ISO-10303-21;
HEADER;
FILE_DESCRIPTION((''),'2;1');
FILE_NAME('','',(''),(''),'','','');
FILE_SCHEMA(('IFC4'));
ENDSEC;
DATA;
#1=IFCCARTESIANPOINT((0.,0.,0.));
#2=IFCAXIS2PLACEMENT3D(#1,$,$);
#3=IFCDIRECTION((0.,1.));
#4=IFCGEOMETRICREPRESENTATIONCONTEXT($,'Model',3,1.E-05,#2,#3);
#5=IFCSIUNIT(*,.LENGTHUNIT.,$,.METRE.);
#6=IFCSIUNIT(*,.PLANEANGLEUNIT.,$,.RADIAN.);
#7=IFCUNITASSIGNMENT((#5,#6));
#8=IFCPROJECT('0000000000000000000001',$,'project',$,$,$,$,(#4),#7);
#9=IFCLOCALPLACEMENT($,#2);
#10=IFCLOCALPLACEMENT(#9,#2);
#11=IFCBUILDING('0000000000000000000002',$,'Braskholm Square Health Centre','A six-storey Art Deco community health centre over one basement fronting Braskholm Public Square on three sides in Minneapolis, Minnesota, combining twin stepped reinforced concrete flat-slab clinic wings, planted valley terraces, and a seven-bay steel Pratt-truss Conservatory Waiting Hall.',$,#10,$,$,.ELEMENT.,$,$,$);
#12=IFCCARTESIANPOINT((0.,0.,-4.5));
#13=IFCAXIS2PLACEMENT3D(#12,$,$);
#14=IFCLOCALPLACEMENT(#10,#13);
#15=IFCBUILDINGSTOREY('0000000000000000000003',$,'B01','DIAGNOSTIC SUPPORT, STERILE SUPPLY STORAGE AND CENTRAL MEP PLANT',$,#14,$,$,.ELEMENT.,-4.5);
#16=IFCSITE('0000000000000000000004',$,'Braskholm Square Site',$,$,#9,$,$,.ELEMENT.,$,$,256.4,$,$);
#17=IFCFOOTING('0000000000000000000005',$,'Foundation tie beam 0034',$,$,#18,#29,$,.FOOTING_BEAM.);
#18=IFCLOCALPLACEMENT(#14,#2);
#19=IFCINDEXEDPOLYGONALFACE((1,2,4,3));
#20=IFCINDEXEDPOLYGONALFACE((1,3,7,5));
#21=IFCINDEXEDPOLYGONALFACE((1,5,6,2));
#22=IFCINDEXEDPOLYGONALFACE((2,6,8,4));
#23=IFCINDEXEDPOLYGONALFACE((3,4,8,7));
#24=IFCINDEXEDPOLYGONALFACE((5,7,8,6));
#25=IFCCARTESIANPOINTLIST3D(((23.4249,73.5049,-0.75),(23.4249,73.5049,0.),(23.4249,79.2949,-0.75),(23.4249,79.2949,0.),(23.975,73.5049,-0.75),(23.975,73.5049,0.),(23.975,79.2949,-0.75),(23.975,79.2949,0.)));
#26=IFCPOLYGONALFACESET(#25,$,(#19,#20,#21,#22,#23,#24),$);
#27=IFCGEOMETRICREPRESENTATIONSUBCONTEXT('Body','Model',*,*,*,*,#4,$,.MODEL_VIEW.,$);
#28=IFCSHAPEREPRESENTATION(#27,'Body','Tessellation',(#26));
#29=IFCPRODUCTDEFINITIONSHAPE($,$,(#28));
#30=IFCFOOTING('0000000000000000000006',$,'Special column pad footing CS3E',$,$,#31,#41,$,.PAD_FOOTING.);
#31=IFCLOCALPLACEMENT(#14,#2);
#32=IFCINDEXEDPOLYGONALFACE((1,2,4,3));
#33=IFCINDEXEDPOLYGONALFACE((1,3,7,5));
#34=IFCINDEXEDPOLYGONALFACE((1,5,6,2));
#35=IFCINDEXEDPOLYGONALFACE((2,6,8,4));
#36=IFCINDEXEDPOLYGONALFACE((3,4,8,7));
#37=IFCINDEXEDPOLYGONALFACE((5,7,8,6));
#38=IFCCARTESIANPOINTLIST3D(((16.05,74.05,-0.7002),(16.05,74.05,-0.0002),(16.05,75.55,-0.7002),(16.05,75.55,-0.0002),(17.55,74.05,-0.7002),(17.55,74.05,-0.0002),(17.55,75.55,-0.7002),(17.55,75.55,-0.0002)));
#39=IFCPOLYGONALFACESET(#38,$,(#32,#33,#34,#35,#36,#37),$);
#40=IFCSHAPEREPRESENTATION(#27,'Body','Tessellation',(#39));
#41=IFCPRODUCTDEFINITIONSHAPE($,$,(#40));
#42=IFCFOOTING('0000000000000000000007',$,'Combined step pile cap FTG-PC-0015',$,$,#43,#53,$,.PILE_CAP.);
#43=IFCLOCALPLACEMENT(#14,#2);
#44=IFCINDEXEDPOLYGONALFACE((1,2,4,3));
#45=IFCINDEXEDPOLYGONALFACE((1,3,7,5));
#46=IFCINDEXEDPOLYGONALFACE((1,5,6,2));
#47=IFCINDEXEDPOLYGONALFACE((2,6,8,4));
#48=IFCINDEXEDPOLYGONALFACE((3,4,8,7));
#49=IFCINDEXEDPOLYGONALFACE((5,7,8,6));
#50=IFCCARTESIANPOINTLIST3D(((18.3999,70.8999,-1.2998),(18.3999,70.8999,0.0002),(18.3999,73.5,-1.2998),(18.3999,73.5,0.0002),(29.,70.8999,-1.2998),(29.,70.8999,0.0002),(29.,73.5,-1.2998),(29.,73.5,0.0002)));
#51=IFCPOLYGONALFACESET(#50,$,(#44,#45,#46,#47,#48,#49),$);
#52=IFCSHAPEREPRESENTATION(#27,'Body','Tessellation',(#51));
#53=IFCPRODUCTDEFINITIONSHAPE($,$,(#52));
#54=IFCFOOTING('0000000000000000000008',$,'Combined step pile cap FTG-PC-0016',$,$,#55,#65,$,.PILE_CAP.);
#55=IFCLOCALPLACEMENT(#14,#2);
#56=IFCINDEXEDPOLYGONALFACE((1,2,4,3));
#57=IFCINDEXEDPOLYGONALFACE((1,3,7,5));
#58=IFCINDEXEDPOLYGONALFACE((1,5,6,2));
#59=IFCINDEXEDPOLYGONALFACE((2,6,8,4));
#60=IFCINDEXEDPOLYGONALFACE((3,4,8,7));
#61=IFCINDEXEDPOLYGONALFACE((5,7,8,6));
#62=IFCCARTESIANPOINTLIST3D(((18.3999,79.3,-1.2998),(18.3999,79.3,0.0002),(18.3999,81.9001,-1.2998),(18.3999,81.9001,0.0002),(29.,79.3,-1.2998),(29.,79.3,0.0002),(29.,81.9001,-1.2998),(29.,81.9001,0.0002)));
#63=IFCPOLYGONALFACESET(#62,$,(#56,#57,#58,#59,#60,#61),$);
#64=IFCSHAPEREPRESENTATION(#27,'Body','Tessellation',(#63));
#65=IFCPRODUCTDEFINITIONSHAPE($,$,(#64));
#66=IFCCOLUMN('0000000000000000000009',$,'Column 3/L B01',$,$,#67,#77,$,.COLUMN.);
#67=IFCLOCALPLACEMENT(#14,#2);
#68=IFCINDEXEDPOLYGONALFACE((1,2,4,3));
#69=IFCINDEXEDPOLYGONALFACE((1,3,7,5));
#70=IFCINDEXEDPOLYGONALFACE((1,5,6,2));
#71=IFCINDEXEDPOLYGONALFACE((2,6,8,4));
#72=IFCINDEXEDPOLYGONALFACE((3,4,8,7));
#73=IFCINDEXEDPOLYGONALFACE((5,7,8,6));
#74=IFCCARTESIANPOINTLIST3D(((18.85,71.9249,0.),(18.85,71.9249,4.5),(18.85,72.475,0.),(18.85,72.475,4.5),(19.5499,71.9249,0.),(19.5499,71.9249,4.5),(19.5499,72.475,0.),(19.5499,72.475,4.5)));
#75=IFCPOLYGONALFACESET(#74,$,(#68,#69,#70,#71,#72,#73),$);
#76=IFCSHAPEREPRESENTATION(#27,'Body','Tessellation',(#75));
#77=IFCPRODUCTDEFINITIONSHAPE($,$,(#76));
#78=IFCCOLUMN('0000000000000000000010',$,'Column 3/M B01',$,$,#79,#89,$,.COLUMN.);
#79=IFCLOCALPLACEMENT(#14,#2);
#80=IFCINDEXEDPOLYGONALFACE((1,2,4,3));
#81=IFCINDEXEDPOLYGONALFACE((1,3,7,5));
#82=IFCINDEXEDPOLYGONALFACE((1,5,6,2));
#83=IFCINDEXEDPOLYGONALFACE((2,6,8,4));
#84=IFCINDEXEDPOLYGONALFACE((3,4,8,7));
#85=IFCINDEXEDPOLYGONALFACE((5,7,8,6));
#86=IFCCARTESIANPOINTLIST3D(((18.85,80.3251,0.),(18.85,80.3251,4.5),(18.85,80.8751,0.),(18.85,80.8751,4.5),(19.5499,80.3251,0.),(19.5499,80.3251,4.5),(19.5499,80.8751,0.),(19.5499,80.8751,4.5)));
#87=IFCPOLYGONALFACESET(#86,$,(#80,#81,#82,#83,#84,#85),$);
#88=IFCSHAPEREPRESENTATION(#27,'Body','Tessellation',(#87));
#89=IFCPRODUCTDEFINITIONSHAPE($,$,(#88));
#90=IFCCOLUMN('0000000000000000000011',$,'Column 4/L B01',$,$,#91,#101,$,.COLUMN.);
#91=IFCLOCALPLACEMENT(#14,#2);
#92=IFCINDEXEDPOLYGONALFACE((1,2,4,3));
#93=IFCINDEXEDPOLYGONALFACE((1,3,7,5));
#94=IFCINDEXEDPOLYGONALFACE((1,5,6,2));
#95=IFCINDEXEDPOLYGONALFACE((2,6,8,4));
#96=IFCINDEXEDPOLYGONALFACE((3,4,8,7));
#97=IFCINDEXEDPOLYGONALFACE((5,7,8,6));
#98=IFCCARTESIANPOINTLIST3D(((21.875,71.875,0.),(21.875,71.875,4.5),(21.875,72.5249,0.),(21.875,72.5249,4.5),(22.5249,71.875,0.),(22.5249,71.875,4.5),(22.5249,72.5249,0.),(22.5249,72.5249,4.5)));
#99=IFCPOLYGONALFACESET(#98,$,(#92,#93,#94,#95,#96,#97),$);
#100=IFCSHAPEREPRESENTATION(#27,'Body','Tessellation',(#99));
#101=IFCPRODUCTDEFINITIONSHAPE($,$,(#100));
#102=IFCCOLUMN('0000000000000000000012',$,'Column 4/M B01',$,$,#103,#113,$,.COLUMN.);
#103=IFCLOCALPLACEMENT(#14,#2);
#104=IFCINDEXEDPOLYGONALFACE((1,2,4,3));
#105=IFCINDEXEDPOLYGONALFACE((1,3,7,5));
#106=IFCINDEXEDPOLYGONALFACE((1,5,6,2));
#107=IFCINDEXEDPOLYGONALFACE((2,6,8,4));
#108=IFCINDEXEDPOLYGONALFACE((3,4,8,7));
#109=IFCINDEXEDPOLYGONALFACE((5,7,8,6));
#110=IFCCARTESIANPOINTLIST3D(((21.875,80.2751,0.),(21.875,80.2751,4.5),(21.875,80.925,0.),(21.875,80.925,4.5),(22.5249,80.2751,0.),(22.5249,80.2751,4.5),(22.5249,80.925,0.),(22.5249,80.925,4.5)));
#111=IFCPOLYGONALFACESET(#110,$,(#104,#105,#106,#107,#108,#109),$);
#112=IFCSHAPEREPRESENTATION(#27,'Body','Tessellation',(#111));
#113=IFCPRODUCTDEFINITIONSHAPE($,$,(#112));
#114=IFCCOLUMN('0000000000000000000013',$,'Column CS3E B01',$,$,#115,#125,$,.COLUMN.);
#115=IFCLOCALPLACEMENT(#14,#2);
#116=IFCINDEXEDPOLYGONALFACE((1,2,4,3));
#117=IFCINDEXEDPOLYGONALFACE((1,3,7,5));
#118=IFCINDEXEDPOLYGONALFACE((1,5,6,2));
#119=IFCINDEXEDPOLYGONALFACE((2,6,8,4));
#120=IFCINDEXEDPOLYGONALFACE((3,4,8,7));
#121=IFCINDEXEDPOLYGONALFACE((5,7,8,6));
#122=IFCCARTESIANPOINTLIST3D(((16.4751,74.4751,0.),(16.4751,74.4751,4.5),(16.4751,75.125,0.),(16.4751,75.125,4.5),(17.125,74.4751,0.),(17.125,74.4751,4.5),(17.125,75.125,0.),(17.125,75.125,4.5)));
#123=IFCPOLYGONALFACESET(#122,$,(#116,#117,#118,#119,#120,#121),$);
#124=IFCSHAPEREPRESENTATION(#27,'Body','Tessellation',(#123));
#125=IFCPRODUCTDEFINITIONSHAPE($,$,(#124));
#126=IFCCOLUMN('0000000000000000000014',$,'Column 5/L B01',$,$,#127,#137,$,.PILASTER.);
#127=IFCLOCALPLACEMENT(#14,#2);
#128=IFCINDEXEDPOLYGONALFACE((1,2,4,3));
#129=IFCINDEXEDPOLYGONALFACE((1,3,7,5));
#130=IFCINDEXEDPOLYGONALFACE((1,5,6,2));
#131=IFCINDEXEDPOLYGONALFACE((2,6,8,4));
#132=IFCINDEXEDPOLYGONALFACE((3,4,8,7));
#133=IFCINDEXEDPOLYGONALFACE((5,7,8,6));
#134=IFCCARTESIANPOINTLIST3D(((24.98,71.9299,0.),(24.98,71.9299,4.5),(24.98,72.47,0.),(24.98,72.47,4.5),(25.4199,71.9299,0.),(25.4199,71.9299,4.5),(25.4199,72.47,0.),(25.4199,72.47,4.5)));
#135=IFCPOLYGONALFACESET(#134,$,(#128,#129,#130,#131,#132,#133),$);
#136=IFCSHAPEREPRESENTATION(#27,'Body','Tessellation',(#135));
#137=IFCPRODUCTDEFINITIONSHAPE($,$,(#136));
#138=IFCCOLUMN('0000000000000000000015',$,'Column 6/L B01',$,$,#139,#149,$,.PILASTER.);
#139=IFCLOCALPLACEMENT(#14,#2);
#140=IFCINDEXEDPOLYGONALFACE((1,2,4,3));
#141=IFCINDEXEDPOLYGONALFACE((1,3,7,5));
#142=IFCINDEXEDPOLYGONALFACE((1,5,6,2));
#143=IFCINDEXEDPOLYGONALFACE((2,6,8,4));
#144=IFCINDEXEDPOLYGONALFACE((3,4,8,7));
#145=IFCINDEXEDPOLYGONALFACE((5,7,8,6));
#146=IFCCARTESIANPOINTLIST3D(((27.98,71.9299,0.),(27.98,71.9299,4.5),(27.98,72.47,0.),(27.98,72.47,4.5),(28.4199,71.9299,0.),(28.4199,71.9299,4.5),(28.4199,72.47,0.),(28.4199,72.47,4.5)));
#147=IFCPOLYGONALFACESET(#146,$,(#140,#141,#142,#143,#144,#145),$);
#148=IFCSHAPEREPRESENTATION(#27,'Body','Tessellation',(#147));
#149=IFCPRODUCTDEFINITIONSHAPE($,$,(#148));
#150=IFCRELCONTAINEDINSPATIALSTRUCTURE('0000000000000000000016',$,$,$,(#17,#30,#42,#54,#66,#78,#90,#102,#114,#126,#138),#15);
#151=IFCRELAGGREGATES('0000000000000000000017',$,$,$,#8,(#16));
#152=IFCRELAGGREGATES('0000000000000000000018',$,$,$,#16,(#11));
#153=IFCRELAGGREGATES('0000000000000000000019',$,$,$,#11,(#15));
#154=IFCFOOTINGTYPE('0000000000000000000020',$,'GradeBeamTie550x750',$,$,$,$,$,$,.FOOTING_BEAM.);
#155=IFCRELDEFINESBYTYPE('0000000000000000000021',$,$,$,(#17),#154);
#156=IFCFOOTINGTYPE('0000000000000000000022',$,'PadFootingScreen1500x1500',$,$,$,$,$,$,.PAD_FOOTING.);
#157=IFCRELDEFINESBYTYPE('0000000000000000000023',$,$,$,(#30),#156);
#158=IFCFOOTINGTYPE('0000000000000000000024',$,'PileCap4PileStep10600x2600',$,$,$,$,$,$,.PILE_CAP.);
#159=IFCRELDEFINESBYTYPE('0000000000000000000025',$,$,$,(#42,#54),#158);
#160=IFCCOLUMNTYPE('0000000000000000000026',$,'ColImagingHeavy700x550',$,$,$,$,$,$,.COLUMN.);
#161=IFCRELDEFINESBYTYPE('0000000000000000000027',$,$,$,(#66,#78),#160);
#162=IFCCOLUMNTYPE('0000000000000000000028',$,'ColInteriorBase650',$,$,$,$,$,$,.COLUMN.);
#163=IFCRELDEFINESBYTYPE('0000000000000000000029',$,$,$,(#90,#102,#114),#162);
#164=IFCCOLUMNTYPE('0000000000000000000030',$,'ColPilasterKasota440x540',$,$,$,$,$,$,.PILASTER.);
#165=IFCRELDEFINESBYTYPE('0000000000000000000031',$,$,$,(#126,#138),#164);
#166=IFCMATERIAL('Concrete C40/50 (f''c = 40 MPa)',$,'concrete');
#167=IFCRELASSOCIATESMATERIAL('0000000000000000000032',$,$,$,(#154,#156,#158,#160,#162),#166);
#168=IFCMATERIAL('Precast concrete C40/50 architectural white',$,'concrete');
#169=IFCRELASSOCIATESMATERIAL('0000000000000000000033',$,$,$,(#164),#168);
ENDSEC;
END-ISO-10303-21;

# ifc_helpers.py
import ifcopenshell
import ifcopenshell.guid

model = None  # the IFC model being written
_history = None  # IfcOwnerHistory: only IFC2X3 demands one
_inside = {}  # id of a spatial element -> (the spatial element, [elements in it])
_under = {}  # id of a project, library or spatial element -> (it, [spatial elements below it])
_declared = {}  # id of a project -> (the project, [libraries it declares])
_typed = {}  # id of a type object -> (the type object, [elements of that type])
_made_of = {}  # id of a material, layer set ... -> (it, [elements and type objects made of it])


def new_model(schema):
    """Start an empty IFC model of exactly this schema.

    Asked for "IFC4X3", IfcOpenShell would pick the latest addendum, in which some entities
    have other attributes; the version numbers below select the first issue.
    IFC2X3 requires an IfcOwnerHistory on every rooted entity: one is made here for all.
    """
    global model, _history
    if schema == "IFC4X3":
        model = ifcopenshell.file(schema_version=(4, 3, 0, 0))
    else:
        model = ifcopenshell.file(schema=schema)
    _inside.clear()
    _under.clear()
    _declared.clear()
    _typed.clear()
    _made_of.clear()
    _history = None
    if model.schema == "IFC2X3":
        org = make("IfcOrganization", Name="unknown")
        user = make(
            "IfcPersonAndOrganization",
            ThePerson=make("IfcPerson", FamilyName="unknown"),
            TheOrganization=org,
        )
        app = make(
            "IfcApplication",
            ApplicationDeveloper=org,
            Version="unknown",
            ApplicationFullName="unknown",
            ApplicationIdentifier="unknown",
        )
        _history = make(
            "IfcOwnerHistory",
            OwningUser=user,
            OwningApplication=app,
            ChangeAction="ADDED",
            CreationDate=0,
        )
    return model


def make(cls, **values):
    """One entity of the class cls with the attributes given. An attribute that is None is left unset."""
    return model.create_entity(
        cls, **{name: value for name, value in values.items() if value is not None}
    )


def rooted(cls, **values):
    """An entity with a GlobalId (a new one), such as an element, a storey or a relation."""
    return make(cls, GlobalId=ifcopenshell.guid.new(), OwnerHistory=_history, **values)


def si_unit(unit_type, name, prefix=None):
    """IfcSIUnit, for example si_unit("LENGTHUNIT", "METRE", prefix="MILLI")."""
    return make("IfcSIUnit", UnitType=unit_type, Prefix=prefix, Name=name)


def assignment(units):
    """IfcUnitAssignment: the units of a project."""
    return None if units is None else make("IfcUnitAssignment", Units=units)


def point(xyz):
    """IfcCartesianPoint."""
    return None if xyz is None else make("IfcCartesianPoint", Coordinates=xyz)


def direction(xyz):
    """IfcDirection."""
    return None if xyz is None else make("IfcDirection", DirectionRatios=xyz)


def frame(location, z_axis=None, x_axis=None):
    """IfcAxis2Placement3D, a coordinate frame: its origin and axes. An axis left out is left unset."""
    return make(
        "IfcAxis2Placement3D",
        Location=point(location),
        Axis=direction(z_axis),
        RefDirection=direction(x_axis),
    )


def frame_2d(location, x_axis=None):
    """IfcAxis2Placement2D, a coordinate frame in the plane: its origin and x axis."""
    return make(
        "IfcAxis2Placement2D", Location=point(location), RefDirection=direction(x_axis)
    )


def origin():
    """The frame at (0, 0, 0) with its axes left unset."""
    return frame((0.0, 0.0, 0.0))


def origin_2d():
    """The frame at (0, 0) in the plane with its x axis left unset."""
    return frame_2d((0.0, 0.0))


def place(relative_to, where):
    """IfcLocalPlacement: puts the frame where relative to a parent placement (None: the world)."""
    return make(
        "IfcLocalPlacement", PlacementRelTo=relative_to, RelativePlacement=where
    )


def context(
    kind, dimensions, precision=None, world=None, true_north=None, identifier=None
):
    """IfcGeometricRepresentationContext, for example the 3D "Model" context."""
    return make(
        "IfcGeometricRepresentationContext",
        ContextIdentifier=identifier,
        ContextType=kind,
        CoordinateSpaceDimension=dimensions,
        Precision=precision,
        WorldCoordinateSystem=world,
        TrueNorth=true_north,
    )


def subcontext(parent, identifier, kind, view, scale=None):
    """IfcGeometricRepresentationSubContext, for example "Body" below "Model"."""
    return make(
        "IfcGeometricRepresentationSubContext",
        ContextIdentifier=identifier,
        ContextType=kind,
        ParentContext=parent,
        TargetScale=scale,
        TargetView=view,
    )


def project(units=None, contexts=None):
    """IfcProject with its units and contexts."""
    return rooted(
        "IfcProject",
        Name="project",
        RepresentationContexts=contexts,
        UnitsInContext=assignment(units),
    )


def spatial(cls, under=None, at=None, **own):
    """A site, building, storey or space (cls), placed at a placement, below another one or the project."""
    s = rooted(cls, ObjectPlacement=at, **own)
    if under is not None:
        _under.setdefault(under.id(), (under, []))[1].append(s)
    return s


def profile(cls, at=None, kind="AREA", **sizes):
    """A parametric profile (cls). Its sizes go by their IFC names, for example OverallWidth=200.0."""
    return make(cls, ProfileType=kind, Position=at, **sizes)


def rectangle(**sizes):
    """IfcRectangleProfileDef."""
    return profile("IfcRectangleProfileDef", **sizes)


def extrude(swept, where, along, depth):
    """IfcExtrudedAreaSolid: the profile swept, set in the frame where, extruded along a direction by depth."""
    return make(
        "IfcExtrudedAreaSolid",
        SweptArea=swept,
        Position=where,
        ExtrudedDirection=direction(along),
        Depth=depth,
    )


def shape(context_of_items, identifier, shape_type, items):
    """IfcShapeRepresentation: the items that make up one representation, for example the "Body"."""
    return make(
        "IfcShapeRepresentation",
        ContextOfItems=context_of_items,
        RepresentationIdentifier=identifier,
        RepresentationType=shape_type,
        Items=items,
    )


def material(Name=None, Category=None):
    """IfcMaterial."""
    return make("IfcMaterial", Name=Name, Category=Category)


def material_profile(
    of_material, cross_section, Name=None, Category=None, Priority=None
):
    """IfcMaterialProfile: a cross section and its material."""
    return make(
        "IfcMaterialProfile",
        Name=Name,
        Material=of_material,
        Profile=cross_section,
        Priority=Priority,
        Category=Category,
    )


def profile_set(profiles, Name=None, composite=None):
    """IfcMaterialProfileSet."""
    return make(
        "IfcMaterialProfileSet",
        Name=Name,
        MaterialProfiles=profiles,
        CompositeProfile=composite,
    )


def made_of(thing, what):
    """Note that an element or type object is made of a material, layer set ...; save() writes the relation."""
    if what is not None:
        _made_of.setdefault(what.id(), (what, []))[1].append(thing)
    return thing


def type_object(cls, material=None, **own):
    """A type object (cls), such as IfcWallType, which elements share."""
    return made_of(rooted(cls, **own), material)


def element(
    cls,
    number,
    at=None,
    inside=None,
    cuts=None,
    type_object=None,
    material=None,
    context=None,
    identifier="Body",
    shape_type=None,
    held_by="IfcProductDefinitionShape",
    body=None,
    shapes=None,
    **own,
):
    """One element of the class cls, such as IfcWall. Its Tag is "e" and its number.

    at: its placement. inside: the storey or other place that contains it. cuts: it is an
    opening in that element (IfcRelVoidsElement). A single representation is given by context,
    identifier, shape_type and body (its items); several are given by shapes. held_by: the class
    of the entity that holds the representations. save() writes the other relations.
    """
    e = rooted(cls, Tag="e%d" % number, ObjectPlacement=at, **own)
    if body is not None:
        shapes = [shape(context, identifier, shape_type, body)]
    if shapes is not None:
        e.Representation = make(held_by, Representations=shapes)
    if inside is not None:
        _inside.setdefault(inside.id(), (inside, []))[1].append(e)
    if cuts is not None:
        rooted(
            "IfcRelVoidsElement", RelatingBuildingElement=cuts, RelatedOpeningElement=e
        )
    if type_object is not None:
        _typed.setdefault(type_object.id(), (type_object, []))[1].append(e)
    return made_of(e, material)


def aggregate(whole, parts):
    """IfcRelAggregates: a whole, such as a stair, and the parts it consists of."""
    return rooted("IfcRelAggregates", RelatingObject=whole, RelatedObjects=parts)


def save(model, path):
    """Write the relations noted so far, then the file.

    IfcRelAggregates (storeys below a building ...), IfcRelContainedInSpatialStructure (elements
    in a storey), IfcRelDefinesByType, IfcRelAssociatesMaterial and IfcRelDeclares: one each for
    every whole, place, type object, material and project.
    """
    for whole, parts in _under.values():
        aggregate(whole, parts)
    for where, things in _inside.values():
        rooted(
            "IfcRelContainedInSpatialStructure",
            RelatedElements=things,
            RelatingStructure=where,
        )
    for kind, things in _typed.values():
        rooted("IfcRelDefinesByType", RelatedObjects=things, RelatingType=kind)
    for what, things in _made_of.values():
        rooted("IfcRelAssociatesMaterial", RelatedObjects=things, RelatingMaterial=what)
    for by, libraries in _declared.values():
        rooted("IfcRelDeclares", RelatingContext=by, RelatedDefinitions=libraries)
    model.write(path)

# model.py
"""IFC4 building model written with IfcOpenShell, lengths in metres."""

from ifc_helpers import new_model, si_unit, direction, frame, origin, origin_2d, place, context, subcontext, project, spatial, rectangle, extrude, material, material_profile, profile_set, type_object, element, save


model = new_model("IFC4")

# Units and contexts
model_context = context("Model", 3, precision=1e-05, world=origin(), true_north=direction((0.0, 1.0)))
body_context = subcontext(model_context, "Body", "Model", "MODEL_VIEW")
ifc_project = project(units=[si_unit("LENGTHUNIT", "METRE"), si_unit("PLANEANGLEUNIT", "RADIAN")], contexts=[model_context])

# Site, building, storey
site_placement = place(None, origin())
site = spatial("IfcSite", under=ifc_project, at=site_placement, Name="Braskholm Square Site", CompositionType="ELEMENT", RefElevation=256.4)
building_placement = place(site_placement, origin())
building = spatial("IfcBuilding", under=site, at=building_placement, Name="Braskholm Square Health Centre", Description="A six-storey Art Deco community health centre over one basement fronting Braskholm Public Square on three sides in Minneapolis, Minnesota, combining twin stepped reinforced concrete flat-slab clinic wings, planted valley terraces, and a seven-bay steel Pratt-truss Conservatory Waiting Hall.", CompositionType="ELEMENT")
storey_placement = place(building_placement, frame((0.0, 0.0, -4.5)))
storey = spatial("IfcBuildingStorey", under=building, at=storey_placement, Name="B01", Description="DIAGNOSTIC SUPPORT, STERILE SUPPLY STORAGE AND CENTRAL MEP PLANT", CompositionType="ELEMENT", Elevation=-4.5)

# Shared definitions
ifc_material_1 = material(Name="Concrete C40/50 (f'c = 40 MPa)", Category="concrete")

# Footings
ifc_material_profile_1 = material_profile(ifc_material_1, rectangle(XDim=0.55, YDim=0.75, at=origin_2d()), Name="FTG-550X750")
ifc_profile_set_1 = profile_set([ifc_material_profile_1], Name="Concrete C40/50 (f'c = 40 MPa)")
footing_type_1 = type_object("IfcFootingType", Name="GradeBeamTie550x750", PredefinedType="FOOTING_BEAM", material=ifc_profile_set_1)
footing_1_placement = place(storey_placement, frame((23.7, 73.5049, -0.375), z_axis=(0.0, 1.0, 0.0), x_axis=(-1.0, 0.0, 0.0)))
element("IfcFooting", 1, at=footing_1_placement, inside=storey, type_object=footing_type_1, Name="Foundation tie beam 0034", PredefinedType="FOOTING_BEAM", context=body_context, shape_type="SweptSolid", body=[
    extrude(rectangle(XDim=0.55, YDim=0.75, at=origin_2d()), origin(), (0.0, 0.0, 1.0), 5.79),
])
footing_type_2 = type_object("IfcFootingType", Name="PadFootingScreen1500x1500", PredefinedType="PAD_FOOTING", material=ifc_material_1)
footing_2_placement = place(storey_placement, frame((16.8, 74.8, -0.7002), z_axis=(0.0, 0.0, 1.0), x_axis=(1.0, 0.0, 0.0)))
element("IfcFooting", 2, at=footing_2_placement, inside=storey, type_object=footing_type_2, Name="Special column pad footing CS3E", PredefinedType="PAD_FOOTING", context=body_context, shape_type="SweptSolid", body=[
    extrude(rectangle(XDim=1.5, YDim=1.5, at=origin_2d()), origin(), (0.0, 0.0, 1.0), 0.7),
])
footing_type_3 = type_object("IfcFootingType", Name="PileCap4PileStep10600x2600", PredefinedType="PILE_CAP", material=ifc_material_1)
for number, where, z_axis, x_axis, name in (
    (3, (23.7, 72.2, -1.2998), (0.0, 0.0, 1.0), (1.0, 0.0, 0.0), "Combined step pile cap FTG-PC-0015"),
    (4, (23.7, 80.6001, -1.2998), (0.0, 0.0, 1.0), (1.0, 0.0, 0.0), "Combined step pile cap FTG-PC-0016"),
):
    element("IfcFooting", number, at=place(storey_placement, frame(where, z_axis=z_axis, x_axis=x_axis)), inside=storey, type_object=footing_type_3, Name=name, PredefinedType="PILE_CAP", context=body_context, shape_type="SweptSolid", body=[
        extrude(rectangle(XDim=10.6001, YDim=2.6001, at=origin_2d()), origin(), (0.0, 0.0, 1.0), 1.3),
    ])

# Columns
ifc_material_profile_2 = material_profile(ifc_material_1, rectangle(XDim=0.7, YDim=0.55, at=origin_2d()), Name="RC-700X550")
ifc_profile_set_2 = profile_set([ifc_material_profile_2], Name="Concrete C40/50 (f'c = 40 MPa)")
column_type_1 = type_object("IfcColumnType", Name="ColImagingHeavy700x550", PredefinedType="COLUMN", material=ifc_profile_set_2)
for number, where, z_axis, x_axis, name in (
    (5, (19.2, 72.2, 0.0), (0.0, 0.0, 1.0), (1.0, 0.0, 0.0), "Column 3/L B01"),
    (6, (19.2, 80.6001, 0.0), (0.0, 0.0, 1.0), (1.0, 0.0, 0.0), "Column 3/M B01"),
):
    element("IfcColumn", number, at=place(storey_placement, frame(where, z_axis=z_axis, x_axis=x_axis)), inside=storey, type_object=column_type_1, Name=name, PredefinedType="COLUMN", context=body_context, shape_type="SweptSolid", body=[
        extrude(rectangle(XDim=0.7, YDim=0.55, at=origin_2d()), origin(), (0.0, 0.0, 1.0), 4.5),
    ])
ifc_material_profile_3 = material_profile(ifc_material_1, rectangle(XDim=0.6499, YDim=0.6499, at=origin_2d()), Name="RC-650X650")
ifc_profile_set_3 = profile_set([ifc_material_profile_3], Name="Concrete C40/50 (f'c = 40 MPa)")
column_type_2 = type_object("IfcColumnType", Name="ColInteriorBase650", PredefinedType="COLUMN", material=ifc_profile_set_3)
for number, where, z_axis, x_axis, name in (
    (7, (22.2, 72.2, 0.0), (0.0, 0.0, 1.0), (1.0, 0.0, 0.0), "Column 4/L B01"),
    (8, (22.2, 80.6001, 0.0), (0.0, 0.0, 1.0), (1.0, 0.0, 0.0), "Column 4/M B01"),
    (9, (16.8, 74.8, 0.0), (0.0, 0.0, 1.0), (1.0, 0.0, 0.0), "Column CS3E B01"),
):
    element("IfcColumn", number, at=place(storey_placement, frame(where, z_axis=z_axis, x_axis=x_axis)), inside=storey, type_object=column_type_2, Name=name, PredefinedType="COLUMN", context=body_context, shape_type="SweptSolid", body=[
        extrude(rectangle(XDim=0.6499, YDim=0.6499, at=origin_2d()), origin(), (0.0, 0.0, 1.0), 4.5),
    ])
ifc_material_2 = material(Name="Precast concrete C40/50 architectural white", Category="concrete")
ifc_material_profile_4 = material_profile(ifc_material_2, rectangle(XDim=0.4399, YDim=0.54, at=origin_2d()), Name="RC-440X540")
ifc_profile_set_4 = profile_set([ifc_material_profile_4], Name="Precast concrete C40/50 architectural white")
column_type_3 = type_object("IfcColumnType", Name="ColPilasterKasota440x540", PredefinedType="PILASTER", material=ifc_profile_set_4)
for number, where, z_axis, x_axis, name in (
    (10, (25.2, 72.2, 0.0), (0.0, 0.0, 1.0), (1.0, 0.0, 0.0), "Column 5/L B01"),
    (11, (28.2, 72.2, 0.0), (0.0, 0.0, 1.0), (1.0, 0.0, 0.0), "Column 6/L B01"),
):
    element("IfcColumn", number, at=place(storey_placement, frame(where, z_axis=z_axis, x_axis=x_axis)), inside=storey, type_object=column_type_3, Name=name, PredefinedType="PILASTER", context=body_context, shape_type="SweptSolid", body=[
        extrude(rectangle(XDim=0.4399, YDim=0.54, at=origin_2d()), origin(), (0.0, 0.0, 1.0), 4.5),
    ])

save(model, "model.ifc")
